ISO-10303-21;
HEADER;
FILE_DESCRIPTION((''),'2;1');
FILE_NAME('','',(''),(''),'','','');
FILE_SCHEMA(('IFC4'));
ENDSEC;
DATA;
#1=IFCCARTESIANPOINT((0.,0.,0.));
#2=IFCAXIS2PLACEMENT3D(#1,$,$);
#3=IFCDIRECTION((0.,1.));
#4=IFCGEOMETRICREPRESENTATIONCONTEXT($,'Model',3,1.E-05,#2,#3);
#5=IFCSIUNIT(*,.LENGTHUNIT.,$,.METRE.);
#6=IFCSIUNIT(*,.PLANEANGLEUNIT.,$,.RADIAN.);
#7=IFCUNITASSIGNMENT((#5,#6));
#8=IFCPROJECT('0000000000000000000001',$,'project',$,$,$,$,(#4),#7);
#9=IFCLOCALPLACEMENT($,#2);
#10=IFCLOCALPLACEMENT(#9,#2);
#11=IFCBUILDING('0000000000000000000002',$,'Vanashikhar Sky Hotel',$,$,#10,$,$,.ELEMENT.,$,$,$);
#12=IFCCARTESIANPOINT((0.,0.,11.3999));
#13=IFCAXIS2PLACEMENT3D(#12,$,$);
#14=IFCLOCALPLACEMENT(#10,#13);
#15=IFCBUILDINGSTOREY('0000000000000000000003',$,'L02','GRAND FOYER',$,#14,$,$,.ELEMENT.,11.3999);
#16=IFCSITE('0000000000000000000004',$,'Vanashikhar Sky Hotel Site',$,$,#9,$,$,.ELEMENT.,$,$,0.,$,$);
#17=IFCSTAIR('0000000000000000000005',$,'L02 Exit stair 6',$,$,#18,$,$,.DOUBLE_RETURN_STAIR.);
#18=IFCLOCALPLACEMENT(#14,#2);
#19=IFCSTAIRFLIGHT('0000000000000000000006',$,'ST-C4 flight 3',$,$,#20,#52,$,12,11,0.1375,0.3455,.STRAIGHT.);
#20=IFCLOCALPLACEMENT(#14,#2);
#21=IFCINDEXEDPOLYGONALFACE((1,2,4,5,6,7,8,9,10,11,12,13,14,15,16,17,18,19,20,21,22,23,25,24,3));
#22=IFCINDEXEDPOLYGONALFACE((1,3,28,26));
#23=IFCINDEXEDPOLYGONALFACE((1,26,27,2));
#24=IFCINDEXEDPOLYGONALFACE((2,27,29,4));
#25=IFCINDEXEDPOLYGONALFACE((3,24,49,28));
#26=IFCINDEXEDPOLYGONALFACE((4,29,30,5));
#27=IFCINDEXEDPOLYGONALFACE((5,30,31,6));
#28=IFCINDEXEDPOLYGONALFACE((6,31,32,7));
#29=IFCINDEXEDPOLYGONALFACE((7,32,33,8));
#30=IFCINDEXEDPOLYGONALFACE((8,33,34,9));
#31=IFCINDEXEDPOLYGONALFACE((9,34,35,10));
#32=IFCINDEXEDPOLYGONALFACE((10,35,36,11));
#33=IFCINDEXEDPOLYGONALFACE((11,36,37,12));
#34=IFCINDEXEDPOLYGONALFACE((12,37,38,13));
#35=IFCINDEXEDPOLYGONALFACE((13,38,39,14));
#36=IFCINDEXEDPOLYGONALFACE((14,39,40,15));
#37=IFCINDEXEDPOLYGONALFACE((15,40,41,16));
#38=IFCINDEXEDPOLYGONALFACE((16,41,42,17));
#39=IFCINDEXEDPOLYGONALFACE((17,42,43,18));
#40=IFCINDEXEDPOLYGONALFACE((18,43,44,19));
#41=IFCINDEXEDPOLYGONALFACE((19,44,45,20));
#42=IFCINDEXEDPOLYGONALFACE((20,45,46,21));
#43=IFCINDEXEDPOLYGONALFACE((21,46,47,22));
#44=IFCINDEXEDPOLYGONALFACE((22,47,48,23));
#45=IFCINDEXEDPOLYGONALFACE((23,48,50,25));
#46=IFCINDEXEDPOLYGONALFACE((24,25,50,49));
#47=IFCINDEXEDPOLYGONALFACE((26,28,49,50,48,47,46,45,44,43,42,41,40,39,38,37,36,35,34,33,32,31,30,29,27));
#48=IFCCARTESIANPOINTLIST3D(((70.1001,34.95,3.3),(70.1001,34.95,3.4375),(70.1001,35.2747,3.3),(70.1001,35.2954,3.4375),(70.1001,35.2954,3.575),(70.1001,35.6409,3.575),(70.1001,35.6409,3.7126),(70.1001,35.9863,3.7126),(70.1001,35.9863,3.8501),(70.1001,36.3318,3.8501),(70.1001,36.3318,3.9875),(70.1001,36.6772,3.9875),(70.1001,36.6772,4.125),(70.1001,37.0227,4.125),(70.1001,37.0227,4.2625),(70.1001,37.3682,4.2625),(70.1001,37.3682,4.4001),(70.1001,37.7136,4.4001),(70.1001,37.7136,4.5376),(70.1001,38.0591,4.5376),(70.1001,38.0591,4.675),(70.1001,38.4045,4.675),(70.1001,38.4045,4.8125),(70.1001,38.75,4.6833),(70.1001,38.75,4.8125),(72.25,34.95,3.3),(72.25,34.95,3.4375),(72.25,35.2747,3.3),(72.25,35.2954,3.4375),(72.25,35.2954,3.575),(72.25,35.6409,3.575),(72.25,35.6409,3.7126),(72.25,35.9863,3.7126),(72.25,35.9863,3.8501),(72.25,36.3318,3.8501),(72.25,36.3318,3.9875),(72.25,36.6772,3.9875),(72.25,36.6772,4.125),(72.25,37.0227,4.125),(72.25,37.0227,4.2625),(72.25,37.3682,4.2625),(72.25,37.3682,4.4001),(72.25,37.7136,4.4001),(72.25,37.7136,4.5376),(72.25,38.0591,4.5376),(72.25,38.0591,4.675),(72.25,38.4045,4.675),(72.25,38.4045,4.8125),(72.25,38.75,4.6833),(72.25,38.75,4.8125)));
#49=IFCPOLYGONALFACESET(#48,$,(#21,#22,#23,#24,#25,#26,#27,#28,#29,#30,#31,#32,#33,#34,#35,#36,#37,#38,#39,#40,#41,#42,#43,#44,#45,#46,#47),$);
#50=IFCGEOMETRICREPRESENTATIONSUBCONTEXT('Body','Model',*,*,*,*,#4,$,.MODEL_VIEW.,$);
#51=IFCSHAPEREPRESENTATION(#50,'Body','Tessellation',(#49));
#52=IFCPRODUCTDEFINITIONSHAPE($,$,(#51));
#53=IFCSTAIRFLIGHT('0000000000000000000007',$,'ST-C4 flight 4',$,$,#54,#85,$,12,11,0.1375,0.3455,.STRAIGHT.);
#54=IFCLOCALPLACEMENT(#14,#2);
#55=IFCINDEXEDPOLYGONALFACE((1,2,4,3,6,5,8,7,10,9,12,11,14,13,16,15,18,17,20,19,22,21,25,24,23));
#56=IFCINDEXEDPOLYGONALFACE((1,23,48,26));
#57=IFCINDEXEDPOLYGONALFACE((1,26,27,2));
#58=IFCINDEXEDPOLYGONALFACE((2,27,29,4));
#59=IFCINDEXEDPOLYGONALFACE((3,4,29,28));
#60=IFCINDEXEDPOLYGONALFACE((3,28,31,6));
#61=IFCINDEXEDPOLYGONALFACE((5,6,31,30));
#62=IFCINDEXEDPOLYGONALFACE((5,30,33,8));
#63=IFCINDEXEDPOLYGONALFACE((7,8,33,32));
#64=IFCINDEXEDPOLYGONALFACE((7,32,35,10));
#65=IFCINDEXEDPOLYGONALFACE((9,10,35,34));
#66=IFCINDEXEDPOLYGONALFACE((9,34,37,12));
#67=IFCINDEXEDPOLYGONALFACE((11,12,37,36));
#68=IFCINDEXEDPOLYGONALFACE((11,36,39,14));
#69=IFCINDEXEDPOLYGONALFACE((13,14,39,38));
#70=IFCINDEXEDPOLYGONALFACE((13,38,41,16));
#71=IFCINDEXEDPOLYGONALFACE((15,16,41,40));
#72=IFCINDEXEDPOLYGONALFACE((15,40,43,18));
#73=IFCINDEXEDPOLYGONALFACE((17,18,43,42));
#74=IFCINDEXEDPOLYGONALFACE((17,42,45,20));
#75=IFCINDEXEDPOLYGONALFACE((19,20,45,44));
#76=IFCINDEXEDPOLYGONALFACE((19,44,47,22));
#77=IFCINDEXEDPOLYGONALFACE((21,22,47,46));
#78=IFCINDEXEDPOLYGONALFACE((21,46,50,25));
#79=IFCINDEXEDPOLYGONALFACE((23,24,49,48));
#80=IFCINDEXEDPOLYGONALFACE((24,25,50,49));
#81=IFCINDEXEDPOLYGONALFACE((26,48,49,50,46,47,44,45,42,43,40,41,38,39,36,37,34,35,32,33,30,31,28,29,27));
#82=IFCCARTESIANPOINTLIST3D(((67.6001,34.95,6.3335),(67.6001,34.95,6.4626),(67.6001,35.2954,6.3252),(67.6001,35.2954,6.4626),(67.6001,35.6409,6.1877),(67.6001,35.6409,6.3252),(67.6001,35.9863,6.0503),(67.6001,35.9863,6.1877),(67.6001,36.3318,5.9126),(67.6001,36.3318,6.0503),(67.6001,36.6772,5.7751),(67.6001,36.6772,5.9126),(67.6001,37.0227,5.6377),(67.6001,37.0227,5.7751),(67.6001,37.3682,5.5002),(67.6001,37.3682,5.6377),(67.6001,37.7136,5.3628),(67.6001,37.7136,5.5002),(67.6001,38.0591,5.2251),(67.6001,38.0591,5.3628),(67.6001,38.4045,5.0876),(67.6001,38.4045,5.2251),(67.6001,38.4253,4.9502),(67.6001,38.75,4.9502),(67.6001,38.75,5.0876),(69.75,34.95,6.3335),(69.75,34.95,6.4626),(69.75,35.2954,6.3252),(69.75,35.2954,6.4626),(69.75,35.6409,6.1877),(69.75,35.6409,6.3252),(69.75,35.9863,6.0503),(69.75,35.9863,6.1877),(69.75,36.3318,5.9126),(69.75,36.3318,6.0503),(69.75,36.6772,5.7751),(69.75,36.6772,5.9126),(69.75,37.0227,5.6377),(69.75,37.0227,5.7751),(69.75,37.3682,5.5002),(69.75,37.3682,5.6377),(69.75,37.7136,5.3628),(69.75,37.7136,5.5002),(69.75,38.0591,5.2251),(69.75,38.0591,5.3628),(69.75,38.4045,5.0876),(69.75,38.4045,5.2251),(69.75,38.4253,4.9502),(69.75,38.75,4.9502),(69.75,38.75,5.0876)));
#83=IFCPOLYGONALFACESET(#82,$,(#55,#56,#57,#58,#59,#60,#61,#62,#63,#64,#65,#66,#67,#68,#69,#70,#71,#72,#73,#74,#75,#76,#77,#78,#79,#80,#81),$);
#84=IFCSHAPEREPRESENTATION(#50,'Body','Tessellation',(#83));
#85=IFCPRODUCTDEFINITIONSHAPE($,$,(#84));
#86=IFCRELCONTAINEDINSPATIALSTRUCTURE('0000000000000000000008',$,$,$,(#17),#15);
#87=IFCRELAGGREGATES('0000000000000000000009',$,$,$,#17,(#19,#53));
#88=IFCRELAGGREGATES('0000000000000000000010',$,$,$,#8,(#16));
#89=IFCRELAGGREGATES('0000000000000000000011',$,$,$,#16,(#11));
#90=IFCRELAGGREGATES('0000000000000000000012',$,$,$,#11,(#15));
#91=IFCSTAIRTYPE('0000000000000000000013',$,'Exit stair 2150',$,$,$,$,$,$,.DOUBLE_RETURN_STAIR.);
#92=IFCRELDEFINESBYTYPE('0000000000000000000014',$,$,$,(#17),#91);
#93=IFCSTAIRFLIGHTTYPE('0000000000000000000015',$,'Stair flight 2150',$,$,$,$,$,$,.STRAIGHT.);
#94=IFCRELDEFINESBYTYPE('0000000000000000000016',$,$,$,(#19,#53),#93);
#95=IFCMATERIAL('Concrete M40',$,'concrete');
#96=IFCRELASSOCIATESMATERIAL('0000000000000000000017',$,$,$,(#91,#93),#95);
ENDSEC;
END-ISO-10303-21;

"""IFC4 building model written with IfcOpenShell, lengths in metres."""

from ifc_helpers import new_model, si_unit, direction, frame, origin, place, context, subcontext, project, spatial, polyline, outline, extrude, source, transform, mapped, material, type_object, element, aggregate, save


model = new_model("IFC4")

# Units and contexts
model_context = context("Model", 3, precision=1e-05, world=origin(), true_north=direction((0.0, 1.0)))
body_context = subcontext(model_context, "Body", "Model", "MODEL_VIEW")
ifc_project = project(units=[si_unit("LENGTHUNIT", "METRE"), si_unit("PLANEANGLEUNIT", "RADIAN")], contexts=[model_context])

# Site, building, storey
site_placement = place(None, origin())
site = spatial("IfcSite", under=ifc_project, at=site_placement, Name="Vanashikhar Sky Hotel Site", CompositionType="ELEMENT", RefElevation=0.0)
building_placement = place(site_placement, origin())
building = spatial("IfcBuilding", under=site, at=building_placement, Name="Vanashikhar Sky Hotel", CompositionType="ELEMENT")
storey_placement = place(building_placement, frame((0.0, 0.0, 11.3999)))
storey = spatial("IfcBuildingStorey", under=building, at=storey_placement, Name="L02", Description="GRAND FOYER", CompositionType="ELEMENT", Elevation=11.3999)

# Stair, stair flights
ifc_material_1 = material(Name="Concrete M40", Category="concrete")
stair_type = type_object("IfcStairType", Name="Exit stair 2150", PredefinedType="DOUBLE_RETURN_STAIR", material=ifc_material_1)
stair_flight_type = type_object("IfcStairFlightType", Name="Stair flight 2150", PredefinedType="STRAIGHT", material=ifc_material_1)
shared_shape_1 = source(origin(), body_context, "Body", "SweptSolid", [
    extrude(outline(polyline([(0.0, 0.0), (0.0, 0.1375), (0.3455, 0.1375), (0.3455, 0.2749), (0.6909, 0.2749), (0.6909, 0.4126), (1.0364, 0.4126), (1.0364, 0.55), (1.3818, 0.55), (1.3818, 0.6875), (1.7273, 0.6875), (1.7273, 0.825), (2.0728, 0.825), (2.0728, 0.9624), (2.4182, 0.9624), (2.4182, 1.1001), (2.7637, 1.1001), (2.7637, 1.2375), (3.1091, 1.2375), (3.1091, 1.375), (3.4546, 1.375), (3.4546, 1.5125), (3.8, 1.5125), (3.8, 1.6499), (3.8, 1.3833), (0.3247, 0.0), (0.0, 0.0)])), frame((0.0, 1.075, 0.0), z_axis=(0.0, -1.0, 0.0), x_axis=(1.0, 0.0, 0.0)), (0.0, 0.0, 1.0), 2.1499),
])
stair_1_placement = place(storey_placement, origin())
stair_1 = element("IfcStair", 1, at=stair_1_placement, inside=storey, type_object=stair_type, Name="L02 Exit stair 6", PredefinedType="DOUBLE_RETURN_STAIR")
stair_flight_1_placement = place(storey_placement, frame((71.175, 34.95, 3.3), z_axis=(0.0, 0.0, 1.0), x_axis=(0.0, 1.0, 0.0)))
stair_flight_1 = element("IfcStairFlight", 2, at=stair_flight_1_placement, type_object=stair_flight_type, Name="ST-C4 flight 3", NumberOfRisers=12, NumberOfTreads=11, PredefinedType="STRAIGHT", RiserHeight=0.1375, TreadLength=0.3455, context=body_context, shape_type="MappedRepresentation", body=[
    mapped(shared_shape_1, transform((0.0, 0.0, 0.0), scale=1.0)),
])
stair_flight_2_placement = place(storey_placement, frame((68.675, 38.75, 4.9502), z_axis=(0.0, 0.0, 1.0), x_axis=(0.0, -1.0, 0.0)))
stair_flight_2 = element("IfcStairFlight", 3, at=stair_flight_2_placement, type_object=stair_flight_type, Name="ST-C4 flight 4", NumberOfRisers=12, NumberOfTreads=11, PredefinedType="STRAIGHT", RiserHeight=0.1375, TreadLength=0.3455, context=body_context, shape_type="MappedRepresentation", body=[
    mapped(shared_shape_1, transform((0.0, 0.0, 0.0), scale=1.0)),
])
aggregate(stair_1, [stair_flight_1, stair_flight_2])

save(model, "model.ifc")
